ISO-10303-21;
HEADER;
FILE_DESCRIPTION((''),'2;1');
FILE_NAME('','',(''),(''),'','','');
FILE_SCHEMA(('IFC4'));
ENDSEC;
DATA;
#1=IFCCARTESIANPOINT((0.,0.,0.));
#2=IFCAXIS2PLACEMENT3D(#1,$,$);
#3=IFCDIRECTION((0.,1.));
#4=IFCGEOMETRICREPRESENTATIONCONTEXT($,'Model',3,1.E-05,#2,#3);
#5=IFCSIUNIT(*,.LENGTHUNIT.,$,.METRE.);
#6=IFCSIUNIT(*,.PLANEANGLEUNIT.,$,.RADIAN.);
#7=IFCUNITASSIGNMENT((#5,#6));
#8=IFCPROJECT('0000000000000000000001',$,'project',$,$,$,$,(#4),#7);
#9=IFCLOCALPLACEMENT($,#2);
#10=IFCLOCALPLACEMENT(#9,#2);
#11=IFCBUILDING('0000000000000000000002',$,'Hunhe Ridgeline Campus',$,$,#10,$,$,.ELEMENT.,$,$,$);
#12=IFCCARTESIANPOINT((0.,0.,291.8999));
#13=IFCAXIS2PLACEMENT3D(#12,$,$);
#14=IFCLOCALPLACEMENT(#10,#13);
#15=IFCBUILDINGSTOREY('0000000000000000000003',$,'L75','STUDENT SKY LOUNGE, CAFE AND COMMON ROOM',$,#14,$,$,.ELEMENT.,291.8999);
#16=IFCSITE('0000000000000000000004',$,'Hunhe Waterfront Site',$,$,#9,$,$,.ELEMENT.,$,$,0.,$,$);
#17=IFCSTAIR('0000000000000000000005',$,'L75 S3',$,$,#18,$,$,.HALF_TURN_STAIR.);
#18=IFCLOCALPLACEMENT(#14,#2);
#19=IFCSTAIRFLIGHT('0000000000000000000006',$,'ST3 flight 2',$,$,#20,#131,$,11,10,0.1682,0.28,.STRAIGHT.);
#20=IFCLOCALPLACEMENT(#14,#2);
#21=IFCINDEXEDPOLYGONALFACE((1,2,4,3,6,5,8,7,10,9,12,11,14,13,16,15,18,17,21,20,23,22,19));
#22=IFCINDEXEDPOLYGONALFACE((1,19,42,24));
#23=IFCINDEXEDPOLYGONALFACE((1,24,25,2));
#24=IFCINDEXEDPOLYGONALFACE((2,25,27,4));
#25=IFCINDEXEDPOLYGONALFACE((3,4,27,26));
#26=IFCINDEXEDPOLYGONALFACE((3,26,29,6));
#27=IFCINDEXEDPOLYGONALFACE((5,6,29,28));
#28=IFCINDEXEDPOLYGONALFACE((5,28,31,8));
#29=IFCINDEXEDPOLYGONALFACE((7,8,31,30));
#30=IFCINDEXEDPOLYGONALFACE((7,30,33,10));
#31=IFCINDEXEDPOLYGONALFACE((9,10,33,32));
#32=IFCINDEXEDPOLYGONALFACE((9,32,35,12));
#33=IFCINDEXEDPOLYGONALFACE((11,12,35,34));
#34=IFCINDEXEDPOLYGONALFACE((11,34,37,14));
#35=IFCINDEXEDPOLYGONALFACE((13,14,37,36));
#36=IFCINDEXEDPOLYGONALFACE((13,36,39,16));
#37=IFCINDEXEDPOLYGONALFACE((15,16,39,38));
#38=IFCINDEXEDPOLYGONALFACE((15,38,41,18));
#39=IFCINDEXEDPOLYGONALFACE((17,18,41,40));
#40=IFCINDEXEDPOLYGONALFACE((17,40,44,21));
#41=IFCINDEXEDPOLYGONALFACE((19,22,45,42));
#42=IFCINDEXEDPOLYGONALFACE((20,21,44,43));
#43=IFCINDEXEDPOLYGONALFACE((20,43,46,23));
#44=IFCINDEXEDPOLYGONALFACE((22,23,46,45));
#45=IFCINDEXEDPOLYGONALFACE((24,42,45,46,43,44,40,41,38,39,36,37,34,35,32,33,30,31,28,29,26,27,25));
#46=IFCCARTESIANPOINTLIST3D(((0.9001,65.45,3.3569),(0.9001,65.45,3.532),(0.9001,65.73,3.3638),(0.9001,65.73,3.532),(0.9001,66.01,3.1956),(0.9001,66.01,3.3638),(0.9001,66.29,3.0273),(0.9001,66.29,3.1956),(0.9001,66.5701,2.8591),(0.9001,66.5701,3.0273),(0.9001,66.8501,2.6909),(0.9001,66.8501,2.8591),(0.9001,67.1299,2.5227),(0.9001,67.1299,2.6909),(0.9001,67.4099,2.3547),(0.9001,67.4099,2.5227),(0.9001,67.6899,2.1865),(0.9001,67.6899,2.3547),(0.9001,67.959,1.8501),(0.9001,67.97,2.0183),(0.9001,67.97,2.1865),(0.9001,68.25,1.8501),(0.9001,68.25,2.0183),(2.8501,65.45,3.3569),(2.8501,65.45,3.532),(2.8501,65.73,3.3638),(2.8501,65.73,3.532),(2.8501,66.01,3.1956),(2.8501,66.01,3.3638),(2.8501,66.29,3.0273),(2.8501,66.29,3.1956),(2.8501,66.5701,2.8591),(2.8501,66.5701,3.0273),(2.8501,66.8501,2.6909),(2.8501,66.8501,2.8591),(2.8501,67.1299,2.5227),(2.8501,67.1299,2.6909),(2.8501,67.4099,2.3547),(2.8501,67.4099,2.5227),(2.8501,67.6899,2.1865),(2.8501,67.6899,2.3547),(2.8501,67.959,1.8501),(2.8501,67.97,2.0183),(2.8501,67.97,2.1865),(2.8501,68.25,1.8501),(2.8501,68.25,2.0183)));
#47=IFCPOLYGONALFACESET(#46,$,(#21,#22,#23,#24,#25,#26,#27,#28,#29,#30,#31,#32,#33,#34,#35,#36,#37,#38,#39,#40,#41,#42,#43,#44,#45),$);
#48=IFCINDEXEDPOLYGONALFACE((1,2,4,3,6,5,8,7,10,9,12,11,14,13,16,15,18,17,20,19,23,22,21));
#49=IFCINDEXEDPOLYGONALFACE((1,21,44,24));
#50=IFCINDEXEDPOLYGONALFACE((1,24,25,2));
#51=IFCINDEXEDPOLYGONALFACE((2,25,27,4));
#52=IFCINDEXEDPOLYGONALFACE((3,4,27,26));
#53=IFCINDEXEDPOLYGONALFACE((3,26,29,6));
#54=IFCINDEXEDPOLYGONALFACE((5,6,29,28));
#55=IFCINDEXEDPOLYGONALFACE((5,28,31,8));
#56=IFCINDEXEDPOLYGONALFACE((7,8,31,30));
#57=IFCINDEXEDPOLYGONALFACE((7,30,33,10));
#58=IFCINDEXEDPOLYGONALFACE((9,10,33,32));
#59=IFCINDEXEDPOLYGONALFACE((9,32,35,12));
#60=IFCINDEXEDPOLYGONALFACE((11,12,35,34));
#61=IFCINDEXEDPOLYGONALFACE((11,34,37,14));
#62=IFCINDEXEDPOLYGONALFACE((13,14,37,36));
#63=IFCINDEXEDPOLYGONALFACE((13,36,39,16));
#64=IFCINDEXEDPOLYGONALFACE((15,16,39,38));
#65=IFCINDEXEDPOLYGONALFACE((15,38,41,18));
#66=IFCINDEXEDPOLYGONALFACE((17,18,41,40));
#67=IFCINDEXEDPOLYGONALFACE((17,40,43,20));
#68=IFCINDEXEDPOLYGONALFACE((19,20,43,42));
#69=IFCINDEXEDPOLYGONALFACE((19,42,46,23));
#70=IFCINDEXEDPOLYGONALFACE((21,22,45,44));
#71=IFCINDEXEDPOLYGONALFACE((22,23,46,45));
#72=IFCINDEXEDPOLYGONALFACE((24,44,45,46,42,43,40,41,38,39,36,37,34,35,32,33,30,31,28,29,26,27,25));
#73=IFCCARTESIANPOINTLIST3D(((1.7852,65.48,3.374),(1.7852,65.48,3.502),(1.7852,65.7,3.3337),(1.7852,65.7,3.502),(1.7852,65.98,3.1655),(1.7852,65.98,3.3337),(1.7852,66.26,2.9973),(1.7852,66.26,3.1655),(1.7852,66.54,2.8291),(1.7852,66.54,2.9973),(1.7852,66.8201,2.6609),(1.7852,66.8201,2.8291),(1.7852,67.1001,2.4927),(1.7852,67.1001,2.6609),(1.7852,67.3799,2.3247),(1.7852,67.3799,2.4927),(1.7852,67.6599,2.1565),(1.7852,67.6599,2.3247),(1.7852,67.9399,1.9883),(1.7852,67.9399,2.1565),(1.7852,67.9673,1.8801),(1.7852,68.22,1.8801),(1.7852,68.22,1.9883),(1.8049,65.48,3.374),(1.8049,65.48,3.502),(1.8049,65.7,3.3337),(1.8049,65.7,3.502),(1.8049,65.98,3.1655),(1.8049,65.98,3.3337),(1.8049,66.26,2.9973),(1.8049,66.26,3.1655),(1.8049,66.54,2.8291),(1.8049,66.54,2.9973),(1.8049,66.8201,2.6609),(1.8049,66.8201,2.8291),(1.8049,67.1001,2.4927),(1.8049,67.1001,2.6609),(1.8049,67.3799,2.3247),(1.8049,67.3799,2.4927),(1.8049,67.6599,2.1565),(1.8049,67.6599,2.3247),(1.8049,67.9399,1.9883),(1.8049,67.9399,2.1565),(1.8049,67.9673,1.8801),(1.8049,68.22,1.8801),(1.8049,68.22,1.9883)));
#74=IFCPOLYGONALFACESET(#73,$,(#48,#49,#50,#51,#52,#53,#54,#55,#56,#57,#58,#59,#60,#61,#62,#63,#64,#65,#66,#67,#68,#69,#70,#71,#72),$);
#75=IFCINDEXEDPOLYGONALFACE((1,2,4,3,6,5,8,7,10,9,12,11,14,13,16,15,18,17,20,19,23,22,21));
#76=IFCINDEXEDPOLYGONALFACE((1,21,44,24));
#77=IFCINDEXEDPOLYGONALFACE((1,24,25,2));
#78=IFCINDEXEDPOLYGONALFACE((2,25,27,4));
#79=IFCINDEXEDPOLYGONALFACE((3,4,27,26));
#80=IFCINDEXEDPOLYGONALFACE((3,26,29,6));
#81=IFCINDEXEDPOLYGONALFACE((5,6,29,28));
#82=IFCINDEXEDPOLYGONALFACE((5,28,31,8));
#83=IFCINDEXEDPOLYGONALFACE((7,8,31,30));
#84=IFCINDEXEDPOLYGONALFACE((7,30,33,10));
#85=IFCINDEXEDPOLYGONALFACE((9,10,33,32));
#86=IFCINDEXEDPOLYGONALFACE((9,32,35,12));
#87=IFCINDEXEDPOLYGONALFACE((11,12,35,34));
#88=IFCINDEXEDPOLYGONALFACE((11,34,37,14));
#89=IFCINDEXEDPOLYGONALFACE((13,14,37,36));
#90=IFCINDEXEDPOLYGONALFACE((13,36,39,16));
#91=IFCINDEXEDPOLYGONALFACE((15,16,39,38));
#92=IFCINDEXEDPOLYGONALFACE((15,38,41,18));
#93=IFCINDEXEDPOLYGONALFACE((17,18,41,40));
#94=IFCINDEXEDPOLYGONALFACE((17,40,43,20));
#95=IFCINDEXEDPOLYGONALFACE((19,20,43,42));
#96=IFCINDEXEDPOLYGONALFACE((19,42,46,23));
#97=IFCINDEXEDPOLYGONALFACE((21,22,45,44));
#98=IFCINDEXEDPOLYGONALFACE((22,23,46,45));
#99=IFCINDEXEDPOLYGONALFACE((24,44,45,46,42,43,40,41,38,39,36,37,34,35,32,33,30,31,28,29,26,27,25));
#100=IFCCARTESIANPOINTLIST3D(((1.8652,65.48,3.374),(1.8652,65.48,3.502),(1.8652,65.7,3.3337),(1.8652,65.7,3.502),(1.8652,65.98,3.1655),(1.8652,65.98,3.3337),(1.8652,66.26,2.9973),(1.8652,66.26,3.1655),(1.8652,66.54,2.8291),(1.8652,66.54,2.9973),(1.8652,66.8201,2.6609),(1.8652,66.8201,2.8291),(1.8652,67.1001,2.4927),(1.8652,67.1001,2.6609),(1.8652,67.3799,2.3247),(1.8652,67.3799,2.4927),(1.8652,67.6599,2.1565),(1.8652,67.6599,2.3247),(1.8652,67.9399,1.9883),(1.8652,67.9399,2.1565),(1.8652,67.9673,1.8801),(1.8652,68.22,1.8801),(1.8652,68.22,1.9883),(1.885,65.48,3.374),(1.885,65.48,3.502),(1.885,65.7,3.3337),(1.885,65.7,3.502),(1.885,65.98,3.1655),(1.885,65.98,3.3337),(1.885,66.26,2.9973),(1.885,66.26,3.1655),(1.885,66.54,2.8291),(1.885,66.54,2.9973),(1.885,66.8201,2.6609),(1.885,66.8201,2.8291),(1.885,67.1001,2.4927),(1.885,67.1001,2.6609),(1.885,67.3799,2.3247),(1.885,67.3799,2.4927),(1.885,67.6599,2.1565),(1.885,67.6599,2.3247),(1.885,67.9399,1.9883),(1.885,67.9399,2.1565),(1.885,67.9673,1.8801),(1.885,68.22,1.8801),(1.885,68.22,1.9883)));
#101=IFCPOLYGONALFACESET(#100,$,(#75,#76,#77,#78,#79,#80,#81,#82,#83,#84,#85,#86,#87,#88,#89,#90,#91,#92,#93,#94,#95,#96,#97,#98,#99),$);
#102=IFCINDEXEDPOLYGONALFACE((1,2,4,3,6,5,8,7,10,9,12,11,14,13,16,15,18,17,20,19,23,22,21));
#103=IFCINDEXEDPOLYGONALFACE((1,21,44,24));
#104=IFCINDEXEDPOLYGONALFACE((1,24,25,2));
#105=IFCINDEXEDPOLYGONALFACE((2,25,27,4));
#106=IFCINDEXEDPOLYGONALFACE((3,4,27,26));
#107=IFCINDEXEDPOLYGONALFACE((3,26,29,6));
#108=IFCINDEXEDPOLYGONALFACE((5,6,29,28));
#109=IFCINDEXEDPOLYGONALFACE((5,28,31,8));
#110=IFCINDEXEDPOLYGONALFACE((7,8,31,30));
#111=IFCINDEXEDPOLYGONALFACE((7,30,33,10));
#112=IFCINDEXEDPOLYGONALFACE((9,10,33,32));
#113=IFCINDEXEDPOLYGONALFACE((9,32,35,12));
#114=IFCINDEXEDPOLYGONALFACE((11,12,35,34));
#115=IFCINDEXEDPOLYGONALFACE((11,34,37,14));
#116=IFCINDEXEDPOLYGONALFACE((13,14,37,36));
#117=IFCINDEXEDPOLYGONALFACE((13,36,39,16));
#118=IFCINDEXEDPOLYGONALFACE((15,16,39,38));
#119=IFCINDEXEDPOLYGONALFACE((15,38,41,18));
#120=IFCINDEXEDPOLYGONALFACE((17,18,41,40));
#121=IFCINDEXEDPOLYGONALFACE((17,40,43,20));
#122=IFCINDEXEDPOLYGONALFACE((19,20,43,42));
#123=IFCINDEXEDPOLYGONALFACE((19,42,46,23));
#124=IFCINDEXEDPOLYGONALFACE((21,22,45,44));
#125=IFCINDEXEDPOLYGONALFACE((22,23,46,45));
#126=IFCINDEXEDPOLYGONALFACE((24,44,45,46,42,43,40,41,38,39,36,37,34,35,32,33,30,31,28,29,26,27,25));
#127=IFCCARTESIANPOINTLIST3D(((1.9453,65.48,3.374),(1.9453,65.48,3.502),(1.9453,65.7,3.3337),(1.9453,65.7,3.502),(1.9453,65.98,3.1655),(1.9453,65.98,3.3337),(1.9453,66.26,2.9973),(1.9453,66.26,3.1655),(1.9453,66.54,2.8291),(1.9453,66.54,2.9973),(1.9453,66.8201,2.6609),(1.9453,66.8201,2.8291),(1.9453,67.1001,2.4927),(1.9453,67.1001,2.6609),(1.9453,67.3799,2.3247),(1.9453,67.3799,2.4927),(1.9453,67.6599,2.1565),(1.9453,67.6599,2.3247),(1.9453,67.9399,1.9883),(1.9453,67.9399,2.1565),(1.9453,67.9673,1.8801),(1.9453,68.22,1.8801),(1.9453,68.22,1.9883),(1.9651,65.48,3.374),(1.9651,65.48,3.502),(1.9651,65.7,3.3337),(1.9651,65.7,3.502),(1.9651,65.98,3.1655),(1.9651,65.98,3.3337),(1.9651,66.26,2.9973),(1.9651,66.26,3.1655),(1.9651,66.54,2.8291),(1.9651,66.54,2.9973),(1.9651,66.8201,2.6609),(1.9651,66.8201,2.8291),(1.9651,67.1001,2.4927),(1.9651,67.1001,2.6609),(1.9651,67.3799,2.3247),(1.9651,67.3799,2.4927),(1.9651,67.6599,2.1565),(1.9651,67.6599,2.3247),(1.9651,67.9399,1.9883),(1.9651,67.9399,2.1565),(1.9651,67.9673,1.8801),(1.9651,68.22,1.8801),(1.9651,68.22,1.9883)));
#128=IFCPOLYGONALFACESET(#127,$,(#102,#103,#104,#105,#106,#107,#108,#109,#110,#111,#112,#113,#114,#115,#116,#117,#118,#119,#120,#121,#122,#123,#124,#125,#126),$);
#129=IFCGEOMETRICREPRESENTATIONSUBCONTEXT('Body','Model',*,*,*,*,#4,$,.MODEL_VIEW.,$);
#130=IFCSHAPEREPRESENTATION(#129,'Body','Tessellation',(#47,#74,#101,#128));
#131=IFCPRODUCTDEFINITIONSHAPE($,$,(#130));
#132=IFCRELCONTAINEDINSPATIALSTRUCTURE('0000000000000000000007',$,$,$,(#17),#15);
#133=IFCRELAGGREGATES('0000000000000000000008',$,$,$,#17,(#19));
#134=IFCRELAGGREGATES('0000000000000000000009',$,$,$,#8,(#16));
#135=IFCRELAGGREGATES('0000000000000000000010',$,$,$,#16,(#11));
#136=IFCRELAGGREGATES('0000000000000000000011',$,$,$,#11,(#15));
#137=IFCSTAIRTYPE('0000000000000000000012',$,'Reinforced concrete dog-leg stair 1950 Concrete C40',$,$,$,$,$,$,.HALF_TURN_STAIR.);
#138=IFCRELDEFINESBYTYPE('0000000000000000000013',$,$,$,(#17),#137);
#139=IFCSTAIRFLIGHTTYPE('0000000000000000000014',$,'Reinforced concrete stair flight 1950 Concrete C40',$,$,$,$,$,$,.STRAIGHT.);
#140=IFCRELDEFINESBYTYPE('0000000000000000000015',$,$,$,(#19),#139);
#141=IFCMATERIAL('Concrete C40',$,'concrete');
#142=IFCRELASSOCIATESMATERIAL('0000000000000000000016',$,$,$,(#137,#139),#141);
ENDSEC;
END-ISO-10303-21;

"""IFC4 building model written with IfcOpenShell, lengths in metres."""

from ifc_helpers import new_model, si_unit, direction, frame, origin, place, context, subcontext, project, spatial, polyline, outline, extrude, material, type_object, element, aggregate, save


model = new_model("IFC4")

# Units and contexts
model_context = context("Model", 3, precision=1e-05, world=origin(), true_north=direction((0.0, 1.0)))
body_context = subcontext(model_context, "Body", "Model", "MODEL_VIEW")
ifc_project = project(units=[si_unit("LENGTHUNIT", "METRE"), si_unit("PLANEANGLEUNIT", "RADIAN")], contexts=[model_context])

# Site, building, storey
site_placement = place(None, origin())
site = spatial("IfcSite", under=ifc_project, at=site_placement, Name="Hunhe Waterfront Site", CompositionType="ELEMENT", RefElevation=0.0)
building_placement = place(site_placement, origin())
building = spatial("IfcBuilding", under=site, at=building_placement, Name="Hunhe Ridgeline Campus", CompositionType="ELEMENT")
storey_placement = place(building_placement, frame((0.0, 0.0, 291.8999)))
storey = spatial("IfcBuildingStorey", under=building, at=storey_placement, Name="L75", Description="STUDENT SKY LOUNGE, CAFE AND COMMON ROOM", CompositionType="ELEMENT", Elevation=291.8999)

# Stair, stair flight
ifc_material_1 = material(Name="Concrete C40", Category="concrete")
stair_type = type_object("IfcStairType", Name="Reinforced concrete dog-leg stair 1950 Concrete C40", PredefinedType="HALF_TURN_STAIR", material=ifc_material_1)
stair_1_placement = place(storey_placement, origin())
stair_1 = element("IfcStair", 1, at=stair_1_placement, inside=storey, type_object=stair_type, Name="L75 S3", PredefinedType="HALF_TURN_STAIR")
stair_flight_type = type_object("IfcStairFlightType", Name="Reinforced concrete stair flight 1950 Concrete C40", PredefinedType="STRAIGHT", material=ifc_material_1)
stair_flight_1_placement = place(storey_placement, frame((1.875, 68.25, 1.8501), z_axis=(0.0, 0.0, 1.0), x_axis=(0.0, -1.0, 0.0)))
stair_flight_1 = element("IfcStairFlight", 2, at=stair_flight_1_placement, type_object=stair_flight_type, Name="ST3 flight 2", NumberOfRisers=11, NumberOfTreads=10, PredefinedType="STRAIGHT", RiserHeight=0.1682, TreadLength=0.28, context=body_context, shape_type="SweptSolid", body=[
    extrude(outline(polyline([(0.0, 0.0), (0.0, 0.1682), (0.28, 0.1682), (0.28, 0.3364), (0.5601, 0.3364), (0.5601, 0.5046), (0.8401, 0.5046), (0.8401, 0.6726), (1.1201, 0.6726), (1.1201, 0.8408), (1.3999, 0.8408), (1.3999, 1.009), (1.6799, 1.009), (1.6799, 1.1772), (1.96, 1.1772), (1.96, 1.3455), (2.24, 1.3455), (2.24, 1.5137), (2.52, 1.5137), (2.52, 1.6819), (2.8, 1.6819), (2.8, 1.8501), (2.8, 1.5068), (0.291, 0.0), (0.0, 0.0)])), frame((0.0, 0.9751, 0.0), z_axis=(0.0, -1.0, 0.0), x_axis=(1.0, 0.0, 0.0)), (0.0, 0.0, 1.0), 1.95),
    extrude(outline(polyline([(0.03, 0.03), (0.03, 0.1382), (0.3101, 0.1382), (0.3101, 0.3064), (0.5901, 0.3064), (0.5901, 0.4746), (0.8701, 0.4746), (0.8701, 0.6426), (1.1499, 0.6426), (1.1499, 0.8108), (1.4299, 0.8108), (1.4299, 0.979), (1.71, 0.979), (1.71, 1.1472), (1.99, 1.1472), (1.99, 1.3154), (2.27, 1.3154), (2.27, 1.4836), (2.55, 1.4836), (2.55, 1.6519), (2.77, 1.6519), (2.77, 1.5239), (0.2827, 0.03), (0.03, 0.03)])), frame((0.0, -0.0701, 0.0), z_axis=(0.0, -1.0, 0.0), x_axis=(1.0, 0.0, 0.0)), (0.0, 0.0, 1.0), 0.0198),
    extrude(outline(polyline([(0.03, 0.03), (0.03, 0.1382), (0.3101, 0.1382), (0.3101, 0.3064), (0.5901, 0.3064), (0.5901, 0.4746), (0.8701, 0.4746), (0.8701, 0.6426), (1.1499, 0.6426), (1.1499, 0.8108), (1.4299, 0.8108), (1.4299, 0.979), (1.71, 0.979), (1.71, 1.1472), (1.99, 1.1472), (1.99, 1.3154), (2.27, 1.3154), (2.27, 1.4836), (2.55, 1.4836), (2.55, 1.6519), (2.77, 1.6519), (2.77, 1.5239), (0.2827, 0.03), (0.03, 0.03)])), frame((0.0, 0.01, 0.0), z_axis=(0.0, -1.0, 0.0), x_axis=(1.0, 0.0, 0.0)), (0.0, 0.0, 1.0), 0.0198),
    extrude(outline(polyline([(0.03, 0.03), (0.03, 0.1382), (0.3101, 0.1382), (0.3101, 0.3064), (0.5901, 0.3064), (0.5901, 0.4746), (0.8701, 0.4746), (0.8701, 0.6426), (1.1499, 0.6426), (1.1499, 0.8108), (1.4299, 0.8108), (1.4299, 0.979), (1.71, 0.979), (1.71, 1.1472), (1.99, 1.1472), (1.99, 1.3154), (2.27, 1.3154), (2.27, 1.4836), (2.55, 1.4836), (2.55, 1.6519), (2.77, 1.6519), (2.77, 1.5239), (0.2827, 0.03), (0.03, 0.03)])), frame((0.0, 0.0901, 0.0), z_axis=(0.0, -1.0, 0.0), x_axis=(1.0, 0.0, 0.0)), (0.0, 0.0, 1.0), 0.0198),
])
aggregate(stair_1, [stair_flight_1])

save(model, "model.ifc")
